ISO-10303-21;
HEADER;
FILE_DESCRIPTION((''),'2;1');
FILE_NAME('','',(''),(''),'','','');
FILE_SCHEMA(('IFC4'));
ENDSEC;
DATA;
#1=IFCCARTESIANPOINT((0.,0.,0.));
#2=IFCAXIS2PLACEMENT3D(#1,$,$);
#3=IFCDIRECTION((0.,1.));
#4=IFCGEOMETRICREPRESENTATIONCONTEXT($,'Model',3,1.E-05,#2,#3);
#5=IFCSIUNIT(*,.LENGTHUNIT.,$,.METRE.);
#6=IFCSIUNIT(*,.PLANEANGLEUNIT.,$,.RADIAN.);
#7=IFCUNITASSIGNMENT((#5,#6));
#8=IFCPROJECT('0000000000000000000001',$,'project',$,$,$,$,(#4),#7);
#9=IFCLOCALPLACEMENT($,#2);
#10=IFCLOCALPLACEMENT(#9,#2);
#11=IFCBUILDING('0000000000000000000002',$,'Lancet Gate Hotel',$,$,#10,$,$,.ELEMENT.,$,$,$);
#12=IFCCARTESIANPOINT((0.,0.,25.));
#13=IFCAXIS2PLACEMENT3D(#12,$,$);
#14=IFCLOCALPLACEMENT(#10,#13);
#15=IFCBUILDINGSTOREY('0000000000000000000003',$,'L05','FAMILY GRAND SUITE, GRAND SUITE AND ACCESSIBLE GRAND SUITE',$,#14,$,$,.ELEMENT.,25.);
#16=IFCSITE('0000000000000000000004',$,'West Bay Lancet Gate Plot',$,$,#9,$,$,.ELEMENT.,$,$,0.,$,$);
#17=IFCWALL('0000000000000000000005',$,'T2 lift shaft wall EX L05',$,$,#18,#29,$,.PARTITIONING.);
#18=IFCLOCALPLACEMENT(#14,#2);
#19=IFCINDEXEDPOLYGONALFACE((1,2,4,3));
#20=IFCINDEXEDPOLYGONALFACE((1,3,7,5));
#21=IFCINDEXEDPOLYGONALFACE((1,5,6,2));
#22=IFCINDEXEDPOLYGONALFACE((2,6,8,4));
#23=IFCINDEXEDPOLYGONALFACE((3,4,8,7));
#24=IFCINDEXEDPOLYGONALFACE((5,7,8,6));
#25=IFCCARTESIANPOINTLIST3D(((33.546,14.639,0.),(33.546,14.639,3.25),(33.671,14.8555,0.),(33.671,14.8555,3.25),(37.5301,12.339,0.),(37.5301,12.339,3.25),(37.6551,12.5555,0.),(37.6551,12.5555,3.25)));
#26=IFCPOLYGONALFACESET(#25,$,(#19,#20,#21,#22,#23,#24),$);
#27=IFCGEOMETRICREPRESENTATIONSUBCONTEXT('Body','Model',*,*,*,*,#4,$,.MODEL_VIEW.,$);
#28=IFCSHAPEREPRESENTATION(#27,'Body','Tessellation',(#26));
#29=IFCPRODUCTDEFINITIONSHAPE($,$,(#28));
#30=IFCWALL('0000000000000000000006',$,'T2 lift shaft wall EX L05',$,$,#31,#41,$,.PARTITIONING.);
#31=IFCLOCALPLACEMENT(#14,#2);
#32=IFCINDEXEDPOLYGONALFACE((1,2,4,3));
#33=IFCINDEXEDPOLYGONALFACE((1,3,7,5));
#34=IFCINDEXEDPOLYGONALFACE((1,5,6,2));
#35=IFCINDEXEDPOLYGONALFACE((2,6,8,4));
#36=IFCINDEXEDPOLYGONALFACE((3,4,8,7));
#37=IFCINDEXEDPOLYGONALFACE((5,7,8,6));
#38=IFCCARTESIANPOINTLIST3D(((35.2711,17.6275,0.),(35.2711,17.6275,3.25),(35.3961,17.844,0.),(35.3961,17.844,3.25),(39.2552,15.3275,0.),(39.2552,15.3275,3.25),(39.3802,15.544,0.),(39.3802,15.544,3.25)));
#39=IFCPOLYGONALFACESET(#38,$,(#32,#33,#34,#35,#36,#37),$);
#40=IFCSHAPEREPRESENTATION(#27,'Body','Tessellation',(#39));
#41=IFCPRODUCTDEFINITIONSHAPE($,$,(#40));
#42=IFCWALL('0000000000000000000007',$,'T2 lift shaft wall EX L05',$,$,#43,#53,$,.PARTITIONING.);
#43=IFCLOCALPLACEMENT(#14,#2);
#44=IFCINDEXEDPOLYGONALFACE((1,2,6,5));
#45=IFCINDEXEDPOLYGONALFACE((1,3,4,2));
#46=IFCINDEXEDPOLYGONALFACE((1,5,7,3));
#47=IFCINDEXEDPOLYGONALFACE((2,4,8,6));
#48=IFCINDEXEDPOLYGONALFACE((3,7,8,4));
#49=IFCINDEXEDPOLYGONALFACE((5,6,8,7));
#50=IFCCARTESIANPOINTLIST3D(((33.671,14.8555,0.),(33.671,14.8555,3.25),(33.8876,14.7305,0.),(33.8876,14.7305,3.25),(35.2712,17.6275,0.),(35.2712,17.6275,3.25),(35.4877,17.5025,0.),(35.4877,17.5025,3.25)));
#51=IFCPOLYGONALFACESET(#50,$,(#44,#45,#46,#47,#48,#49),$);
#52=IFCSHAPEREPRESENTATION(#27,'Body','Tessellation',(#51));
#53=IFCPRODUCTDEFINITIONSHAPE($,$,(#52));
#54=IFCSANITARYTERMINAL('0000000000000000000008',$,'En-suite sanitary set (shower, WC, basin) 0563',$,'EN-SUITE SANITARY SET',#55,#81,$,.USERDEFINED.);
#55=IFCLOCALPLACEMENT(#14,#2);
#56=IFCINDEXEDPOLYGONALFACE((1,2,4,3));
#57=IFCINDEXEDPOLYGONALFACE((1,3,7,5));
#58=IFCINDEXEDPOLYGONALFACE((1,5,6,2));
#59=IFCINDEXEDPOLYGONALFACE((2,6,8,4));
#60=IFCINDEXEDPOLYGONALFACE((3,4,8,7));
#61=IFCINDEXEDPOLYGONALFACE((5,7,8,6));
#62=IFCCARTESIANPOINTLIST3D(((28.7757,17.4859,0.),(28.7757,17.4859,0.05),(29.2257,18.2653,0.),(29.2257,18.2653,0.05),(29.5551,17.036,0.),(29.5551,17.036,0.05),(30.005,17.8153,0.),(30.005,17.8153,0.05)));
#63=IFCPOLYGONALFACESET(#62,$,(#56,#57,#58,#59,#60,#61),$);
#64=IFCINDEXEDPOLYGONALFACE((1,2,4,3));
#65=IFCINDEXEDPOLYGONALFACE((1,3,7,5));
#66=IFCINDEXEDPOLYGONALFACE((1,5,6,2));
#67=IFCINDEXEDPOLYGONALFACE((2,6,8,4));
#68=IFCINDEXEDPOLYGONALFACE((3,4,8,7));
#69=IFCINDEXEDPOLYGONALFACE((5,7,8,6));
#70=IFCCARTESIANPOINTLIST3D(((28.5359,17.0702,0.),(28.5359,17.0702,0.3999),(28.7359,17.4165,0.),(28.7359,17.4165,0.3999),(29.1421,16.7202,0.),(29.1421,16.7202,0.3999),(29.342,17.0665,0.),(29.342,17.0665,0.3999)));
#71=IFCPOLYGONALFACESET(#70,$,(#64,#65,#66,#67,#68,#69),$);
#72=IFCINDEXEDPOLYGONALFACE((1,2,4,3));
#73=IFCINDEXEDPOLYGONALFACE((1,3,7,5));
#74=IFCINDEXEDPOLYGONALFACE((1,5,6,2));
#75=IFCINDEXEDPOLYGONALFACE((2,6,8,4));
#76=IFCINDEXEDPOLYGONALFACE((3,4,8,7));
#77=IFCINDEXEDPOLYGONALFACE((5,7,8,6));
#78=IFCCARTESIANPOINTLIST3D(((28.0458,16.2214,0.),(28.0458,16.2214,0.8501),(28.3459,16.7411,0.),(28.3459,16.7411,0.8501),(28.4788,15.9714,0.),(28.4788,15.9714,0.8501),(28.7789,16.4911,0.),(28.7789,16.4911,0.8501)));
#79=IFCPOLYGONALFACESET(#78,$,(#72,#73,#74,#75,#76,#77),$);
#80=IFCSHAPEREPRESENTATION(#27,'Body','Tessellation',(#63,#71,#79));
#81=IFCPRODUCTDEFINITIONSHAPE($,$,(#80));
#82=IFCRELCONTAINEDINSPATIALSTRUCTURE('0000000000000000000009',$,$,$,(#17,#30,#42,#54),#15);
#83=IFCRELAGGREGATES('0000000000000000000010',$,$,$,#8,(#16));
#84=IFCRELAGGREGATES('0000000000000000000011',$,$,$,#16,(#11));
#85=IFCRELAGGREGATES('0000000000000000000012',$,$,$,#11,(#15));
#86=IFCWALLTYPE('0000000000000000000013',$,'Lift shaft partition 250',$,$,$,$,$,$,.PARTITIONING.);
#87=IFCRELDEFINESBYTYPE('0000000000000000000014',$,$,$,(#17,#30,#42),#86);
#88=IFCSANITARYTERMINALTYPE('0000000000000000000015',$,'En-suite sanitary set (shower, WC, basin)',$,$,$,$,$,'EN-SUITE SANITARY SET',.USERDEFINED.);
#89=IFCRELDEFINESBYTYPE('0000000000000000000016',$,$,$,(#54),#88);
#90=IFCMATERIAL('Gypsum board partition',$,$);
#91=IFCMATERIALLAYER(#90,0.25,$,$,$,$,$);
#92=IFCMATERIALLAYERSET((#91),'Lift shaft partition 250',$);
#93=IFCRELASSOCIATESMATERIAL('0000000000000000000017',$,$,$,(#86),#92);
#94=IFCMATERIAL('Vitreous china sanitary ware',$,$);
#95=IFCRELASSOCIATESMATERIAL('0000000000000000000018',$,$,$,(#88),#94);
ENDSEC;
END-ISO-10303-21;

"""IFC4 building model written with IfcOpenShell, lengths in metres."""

from ifc_helpers import new_model, si_unit, direction, frame, frame_2d, origin, origin_2d, place, context, subcontext, project, spatial, rectangle, extrude, material, layer, layer_set, type_object, element, save


model = new_model("IFC4")

# Units and contexts
model_context = context("Model", 3, precision=1e-05, world=origin(), true_north=direction((0.0, 1.0)))
body_context = subcontext(model_context, "Body", "Model", "MODEL_VIEW")
ifc_project = project(units=[si_unit("LENGTHUNIT", "METRE"), si_unit("PLANEANGLEUNIT", "RADIAN")], contexts=[model_context])

# Site, building, storey
site_placement = place(None, origin())
site = spatial("IfcSite", under=ifc_project, at=site_placement, Name="West Bay Lancet Gate Plot", CompositionType="ELEMENT", RefElevation=0.0)
building_placement = place(site_placement, origin())
building = spatial("IfcBuilding", under=site, at=building_placement, Name="Lancet Gate Hotel", CompositionType="ELEMENT")
storey_placement = place(building_placement, frame((0.0, 0.0, 25.0)))
storey = spatial("IfcBuildingStorey", under=building, at=storey_placement, Name="L05", Description="FAMILY GRAND SUITE, GRAND SUITE AND ACCESSIBLE GRAND SUITE", CompositionType="ELEMENT", Elevation=25.0)

# Walls
ifc_material_1 = material(Name="Gypsum board partition")
ifc_layer_1 = layer(ifc_material_1, 0.25)
ifc_layer_set_1 = layer_set([ifc_layer_1], Name="Lift shaft partition 250")
wall_type_1 = type_object("IfcWallType", Name="Lift shaft partition 250", PredefinedType="PARTITIONING", material=ifc_layer_set_1)
for number, where, z_axis, x_axis, name in (
    (1, (33.6084, 14.7473, 0.0), (0.0, 0.0, 1.0), (0.866043, -0.499969, 0.0), "T2 lift shaft wall EX L05"),
    (2, (35.3335, 17.7358, 0.0), (0.0, 0.0, 1.0), (0.866043, -0.499969, 0.0), "T2 lift shaft wall EX L05"),
):
    element("IfcWall", number, at=place(storey_placement, frame(where, z_axis=z_axis, x_axis=x_axis)), inside=storey, type_object=wall_type_1, Name=name, PredefinedType="PARTITIONING", context=body_context, shape_type="SweptSolid", body=[
        extrude(rectangle(XDim=4.6003, YDim=0.25, at=frame_2d((2.3003, 0.0))), origin(), (0.0, 0.0, 1.0), 3.25),
    ])
wall_1_placement = place(storey_placement, frame((33.7793, 14.793, 0.0), z_axis=(0.0, 0.0, 1.0), x_axis=(0.499929, 0.866066, 0.0)))
element("IfcWall", 3, at=wall_1_placement, inside=storey, type_object=wall_type_1, Name="T2 lift shaft wall EX L05", PredefinedType="PARTITIONING", context=body_context, shape_type="SweptSolid", body=[
    extrude(rectangle(XDim=3.2007, YDim=0.25, at=frame_2d((1.6003, 0.0))), origin(), (0.0, 0.0, 1.0), 3.25),
])

# Sanitary terminal
ifc_material_2 = material(Name="Vitreous china sanitary ware")
sanitary_terminal_type = type_object("IfcSanitaryTerminalType", Name="En-suite sanitary set (shower, WC, basin)", ElementType="EN-SUITE SANITARY SET", PredefinedType="USERDEFINED", material=ifc_material_2)
sanitary_terminal_placement = place(storey_placement, frame((29.3904, 17.6506, 0.0), z_axis=(0.0, 0.0, 1.0), x_axis=(1.0, 0.0, 0.0)))
element("IfcSanitaryTerminal", 4, at=sanitary_terminal_placement, inside=storey, type_object=sanitary_terminal_type, Name="En-suite sanitary set (shower, WC, basin) 0563", ObjectType="EN-SUITE SANITARY SET", PredefinedType="USERDEFINED", context=body_context, shape_type="SweptSolid", body=[
    extrude(rectangle(XDim=0.8999, YDim=0.8999, at=origin_2d()), frame((0.0, 0.0, 0.0), z_axis=(0.0, 0.0, 1.0), x_axis=(0.5, 0.866025, 0.0)), (0.0, 0.0, 1.0), 0.05),
    extrude(rectangle(XDim=0.3999, YDim=0.7, at=origin_2d()), frame((-0.4514, -0.5823, 0.0), z_axis=(0.0, 0.0, 1.0), x_axis=(0.5, 0.866025, 0.0)), (0.0, 0.0, 1.0), 0.3999),
    extrude(rectangle(XDim=0.6001, YDim=0.5, at=origin_2d()), frame((-0.978, -1.2944, 0.0), z_axis=(0.0, 0.0, 1.0), x_axis=(0.5, 0.866025, 0.0)), (0.0, 0.0, 1.0), 0.8501),
])

save(model, "model.ifc")
